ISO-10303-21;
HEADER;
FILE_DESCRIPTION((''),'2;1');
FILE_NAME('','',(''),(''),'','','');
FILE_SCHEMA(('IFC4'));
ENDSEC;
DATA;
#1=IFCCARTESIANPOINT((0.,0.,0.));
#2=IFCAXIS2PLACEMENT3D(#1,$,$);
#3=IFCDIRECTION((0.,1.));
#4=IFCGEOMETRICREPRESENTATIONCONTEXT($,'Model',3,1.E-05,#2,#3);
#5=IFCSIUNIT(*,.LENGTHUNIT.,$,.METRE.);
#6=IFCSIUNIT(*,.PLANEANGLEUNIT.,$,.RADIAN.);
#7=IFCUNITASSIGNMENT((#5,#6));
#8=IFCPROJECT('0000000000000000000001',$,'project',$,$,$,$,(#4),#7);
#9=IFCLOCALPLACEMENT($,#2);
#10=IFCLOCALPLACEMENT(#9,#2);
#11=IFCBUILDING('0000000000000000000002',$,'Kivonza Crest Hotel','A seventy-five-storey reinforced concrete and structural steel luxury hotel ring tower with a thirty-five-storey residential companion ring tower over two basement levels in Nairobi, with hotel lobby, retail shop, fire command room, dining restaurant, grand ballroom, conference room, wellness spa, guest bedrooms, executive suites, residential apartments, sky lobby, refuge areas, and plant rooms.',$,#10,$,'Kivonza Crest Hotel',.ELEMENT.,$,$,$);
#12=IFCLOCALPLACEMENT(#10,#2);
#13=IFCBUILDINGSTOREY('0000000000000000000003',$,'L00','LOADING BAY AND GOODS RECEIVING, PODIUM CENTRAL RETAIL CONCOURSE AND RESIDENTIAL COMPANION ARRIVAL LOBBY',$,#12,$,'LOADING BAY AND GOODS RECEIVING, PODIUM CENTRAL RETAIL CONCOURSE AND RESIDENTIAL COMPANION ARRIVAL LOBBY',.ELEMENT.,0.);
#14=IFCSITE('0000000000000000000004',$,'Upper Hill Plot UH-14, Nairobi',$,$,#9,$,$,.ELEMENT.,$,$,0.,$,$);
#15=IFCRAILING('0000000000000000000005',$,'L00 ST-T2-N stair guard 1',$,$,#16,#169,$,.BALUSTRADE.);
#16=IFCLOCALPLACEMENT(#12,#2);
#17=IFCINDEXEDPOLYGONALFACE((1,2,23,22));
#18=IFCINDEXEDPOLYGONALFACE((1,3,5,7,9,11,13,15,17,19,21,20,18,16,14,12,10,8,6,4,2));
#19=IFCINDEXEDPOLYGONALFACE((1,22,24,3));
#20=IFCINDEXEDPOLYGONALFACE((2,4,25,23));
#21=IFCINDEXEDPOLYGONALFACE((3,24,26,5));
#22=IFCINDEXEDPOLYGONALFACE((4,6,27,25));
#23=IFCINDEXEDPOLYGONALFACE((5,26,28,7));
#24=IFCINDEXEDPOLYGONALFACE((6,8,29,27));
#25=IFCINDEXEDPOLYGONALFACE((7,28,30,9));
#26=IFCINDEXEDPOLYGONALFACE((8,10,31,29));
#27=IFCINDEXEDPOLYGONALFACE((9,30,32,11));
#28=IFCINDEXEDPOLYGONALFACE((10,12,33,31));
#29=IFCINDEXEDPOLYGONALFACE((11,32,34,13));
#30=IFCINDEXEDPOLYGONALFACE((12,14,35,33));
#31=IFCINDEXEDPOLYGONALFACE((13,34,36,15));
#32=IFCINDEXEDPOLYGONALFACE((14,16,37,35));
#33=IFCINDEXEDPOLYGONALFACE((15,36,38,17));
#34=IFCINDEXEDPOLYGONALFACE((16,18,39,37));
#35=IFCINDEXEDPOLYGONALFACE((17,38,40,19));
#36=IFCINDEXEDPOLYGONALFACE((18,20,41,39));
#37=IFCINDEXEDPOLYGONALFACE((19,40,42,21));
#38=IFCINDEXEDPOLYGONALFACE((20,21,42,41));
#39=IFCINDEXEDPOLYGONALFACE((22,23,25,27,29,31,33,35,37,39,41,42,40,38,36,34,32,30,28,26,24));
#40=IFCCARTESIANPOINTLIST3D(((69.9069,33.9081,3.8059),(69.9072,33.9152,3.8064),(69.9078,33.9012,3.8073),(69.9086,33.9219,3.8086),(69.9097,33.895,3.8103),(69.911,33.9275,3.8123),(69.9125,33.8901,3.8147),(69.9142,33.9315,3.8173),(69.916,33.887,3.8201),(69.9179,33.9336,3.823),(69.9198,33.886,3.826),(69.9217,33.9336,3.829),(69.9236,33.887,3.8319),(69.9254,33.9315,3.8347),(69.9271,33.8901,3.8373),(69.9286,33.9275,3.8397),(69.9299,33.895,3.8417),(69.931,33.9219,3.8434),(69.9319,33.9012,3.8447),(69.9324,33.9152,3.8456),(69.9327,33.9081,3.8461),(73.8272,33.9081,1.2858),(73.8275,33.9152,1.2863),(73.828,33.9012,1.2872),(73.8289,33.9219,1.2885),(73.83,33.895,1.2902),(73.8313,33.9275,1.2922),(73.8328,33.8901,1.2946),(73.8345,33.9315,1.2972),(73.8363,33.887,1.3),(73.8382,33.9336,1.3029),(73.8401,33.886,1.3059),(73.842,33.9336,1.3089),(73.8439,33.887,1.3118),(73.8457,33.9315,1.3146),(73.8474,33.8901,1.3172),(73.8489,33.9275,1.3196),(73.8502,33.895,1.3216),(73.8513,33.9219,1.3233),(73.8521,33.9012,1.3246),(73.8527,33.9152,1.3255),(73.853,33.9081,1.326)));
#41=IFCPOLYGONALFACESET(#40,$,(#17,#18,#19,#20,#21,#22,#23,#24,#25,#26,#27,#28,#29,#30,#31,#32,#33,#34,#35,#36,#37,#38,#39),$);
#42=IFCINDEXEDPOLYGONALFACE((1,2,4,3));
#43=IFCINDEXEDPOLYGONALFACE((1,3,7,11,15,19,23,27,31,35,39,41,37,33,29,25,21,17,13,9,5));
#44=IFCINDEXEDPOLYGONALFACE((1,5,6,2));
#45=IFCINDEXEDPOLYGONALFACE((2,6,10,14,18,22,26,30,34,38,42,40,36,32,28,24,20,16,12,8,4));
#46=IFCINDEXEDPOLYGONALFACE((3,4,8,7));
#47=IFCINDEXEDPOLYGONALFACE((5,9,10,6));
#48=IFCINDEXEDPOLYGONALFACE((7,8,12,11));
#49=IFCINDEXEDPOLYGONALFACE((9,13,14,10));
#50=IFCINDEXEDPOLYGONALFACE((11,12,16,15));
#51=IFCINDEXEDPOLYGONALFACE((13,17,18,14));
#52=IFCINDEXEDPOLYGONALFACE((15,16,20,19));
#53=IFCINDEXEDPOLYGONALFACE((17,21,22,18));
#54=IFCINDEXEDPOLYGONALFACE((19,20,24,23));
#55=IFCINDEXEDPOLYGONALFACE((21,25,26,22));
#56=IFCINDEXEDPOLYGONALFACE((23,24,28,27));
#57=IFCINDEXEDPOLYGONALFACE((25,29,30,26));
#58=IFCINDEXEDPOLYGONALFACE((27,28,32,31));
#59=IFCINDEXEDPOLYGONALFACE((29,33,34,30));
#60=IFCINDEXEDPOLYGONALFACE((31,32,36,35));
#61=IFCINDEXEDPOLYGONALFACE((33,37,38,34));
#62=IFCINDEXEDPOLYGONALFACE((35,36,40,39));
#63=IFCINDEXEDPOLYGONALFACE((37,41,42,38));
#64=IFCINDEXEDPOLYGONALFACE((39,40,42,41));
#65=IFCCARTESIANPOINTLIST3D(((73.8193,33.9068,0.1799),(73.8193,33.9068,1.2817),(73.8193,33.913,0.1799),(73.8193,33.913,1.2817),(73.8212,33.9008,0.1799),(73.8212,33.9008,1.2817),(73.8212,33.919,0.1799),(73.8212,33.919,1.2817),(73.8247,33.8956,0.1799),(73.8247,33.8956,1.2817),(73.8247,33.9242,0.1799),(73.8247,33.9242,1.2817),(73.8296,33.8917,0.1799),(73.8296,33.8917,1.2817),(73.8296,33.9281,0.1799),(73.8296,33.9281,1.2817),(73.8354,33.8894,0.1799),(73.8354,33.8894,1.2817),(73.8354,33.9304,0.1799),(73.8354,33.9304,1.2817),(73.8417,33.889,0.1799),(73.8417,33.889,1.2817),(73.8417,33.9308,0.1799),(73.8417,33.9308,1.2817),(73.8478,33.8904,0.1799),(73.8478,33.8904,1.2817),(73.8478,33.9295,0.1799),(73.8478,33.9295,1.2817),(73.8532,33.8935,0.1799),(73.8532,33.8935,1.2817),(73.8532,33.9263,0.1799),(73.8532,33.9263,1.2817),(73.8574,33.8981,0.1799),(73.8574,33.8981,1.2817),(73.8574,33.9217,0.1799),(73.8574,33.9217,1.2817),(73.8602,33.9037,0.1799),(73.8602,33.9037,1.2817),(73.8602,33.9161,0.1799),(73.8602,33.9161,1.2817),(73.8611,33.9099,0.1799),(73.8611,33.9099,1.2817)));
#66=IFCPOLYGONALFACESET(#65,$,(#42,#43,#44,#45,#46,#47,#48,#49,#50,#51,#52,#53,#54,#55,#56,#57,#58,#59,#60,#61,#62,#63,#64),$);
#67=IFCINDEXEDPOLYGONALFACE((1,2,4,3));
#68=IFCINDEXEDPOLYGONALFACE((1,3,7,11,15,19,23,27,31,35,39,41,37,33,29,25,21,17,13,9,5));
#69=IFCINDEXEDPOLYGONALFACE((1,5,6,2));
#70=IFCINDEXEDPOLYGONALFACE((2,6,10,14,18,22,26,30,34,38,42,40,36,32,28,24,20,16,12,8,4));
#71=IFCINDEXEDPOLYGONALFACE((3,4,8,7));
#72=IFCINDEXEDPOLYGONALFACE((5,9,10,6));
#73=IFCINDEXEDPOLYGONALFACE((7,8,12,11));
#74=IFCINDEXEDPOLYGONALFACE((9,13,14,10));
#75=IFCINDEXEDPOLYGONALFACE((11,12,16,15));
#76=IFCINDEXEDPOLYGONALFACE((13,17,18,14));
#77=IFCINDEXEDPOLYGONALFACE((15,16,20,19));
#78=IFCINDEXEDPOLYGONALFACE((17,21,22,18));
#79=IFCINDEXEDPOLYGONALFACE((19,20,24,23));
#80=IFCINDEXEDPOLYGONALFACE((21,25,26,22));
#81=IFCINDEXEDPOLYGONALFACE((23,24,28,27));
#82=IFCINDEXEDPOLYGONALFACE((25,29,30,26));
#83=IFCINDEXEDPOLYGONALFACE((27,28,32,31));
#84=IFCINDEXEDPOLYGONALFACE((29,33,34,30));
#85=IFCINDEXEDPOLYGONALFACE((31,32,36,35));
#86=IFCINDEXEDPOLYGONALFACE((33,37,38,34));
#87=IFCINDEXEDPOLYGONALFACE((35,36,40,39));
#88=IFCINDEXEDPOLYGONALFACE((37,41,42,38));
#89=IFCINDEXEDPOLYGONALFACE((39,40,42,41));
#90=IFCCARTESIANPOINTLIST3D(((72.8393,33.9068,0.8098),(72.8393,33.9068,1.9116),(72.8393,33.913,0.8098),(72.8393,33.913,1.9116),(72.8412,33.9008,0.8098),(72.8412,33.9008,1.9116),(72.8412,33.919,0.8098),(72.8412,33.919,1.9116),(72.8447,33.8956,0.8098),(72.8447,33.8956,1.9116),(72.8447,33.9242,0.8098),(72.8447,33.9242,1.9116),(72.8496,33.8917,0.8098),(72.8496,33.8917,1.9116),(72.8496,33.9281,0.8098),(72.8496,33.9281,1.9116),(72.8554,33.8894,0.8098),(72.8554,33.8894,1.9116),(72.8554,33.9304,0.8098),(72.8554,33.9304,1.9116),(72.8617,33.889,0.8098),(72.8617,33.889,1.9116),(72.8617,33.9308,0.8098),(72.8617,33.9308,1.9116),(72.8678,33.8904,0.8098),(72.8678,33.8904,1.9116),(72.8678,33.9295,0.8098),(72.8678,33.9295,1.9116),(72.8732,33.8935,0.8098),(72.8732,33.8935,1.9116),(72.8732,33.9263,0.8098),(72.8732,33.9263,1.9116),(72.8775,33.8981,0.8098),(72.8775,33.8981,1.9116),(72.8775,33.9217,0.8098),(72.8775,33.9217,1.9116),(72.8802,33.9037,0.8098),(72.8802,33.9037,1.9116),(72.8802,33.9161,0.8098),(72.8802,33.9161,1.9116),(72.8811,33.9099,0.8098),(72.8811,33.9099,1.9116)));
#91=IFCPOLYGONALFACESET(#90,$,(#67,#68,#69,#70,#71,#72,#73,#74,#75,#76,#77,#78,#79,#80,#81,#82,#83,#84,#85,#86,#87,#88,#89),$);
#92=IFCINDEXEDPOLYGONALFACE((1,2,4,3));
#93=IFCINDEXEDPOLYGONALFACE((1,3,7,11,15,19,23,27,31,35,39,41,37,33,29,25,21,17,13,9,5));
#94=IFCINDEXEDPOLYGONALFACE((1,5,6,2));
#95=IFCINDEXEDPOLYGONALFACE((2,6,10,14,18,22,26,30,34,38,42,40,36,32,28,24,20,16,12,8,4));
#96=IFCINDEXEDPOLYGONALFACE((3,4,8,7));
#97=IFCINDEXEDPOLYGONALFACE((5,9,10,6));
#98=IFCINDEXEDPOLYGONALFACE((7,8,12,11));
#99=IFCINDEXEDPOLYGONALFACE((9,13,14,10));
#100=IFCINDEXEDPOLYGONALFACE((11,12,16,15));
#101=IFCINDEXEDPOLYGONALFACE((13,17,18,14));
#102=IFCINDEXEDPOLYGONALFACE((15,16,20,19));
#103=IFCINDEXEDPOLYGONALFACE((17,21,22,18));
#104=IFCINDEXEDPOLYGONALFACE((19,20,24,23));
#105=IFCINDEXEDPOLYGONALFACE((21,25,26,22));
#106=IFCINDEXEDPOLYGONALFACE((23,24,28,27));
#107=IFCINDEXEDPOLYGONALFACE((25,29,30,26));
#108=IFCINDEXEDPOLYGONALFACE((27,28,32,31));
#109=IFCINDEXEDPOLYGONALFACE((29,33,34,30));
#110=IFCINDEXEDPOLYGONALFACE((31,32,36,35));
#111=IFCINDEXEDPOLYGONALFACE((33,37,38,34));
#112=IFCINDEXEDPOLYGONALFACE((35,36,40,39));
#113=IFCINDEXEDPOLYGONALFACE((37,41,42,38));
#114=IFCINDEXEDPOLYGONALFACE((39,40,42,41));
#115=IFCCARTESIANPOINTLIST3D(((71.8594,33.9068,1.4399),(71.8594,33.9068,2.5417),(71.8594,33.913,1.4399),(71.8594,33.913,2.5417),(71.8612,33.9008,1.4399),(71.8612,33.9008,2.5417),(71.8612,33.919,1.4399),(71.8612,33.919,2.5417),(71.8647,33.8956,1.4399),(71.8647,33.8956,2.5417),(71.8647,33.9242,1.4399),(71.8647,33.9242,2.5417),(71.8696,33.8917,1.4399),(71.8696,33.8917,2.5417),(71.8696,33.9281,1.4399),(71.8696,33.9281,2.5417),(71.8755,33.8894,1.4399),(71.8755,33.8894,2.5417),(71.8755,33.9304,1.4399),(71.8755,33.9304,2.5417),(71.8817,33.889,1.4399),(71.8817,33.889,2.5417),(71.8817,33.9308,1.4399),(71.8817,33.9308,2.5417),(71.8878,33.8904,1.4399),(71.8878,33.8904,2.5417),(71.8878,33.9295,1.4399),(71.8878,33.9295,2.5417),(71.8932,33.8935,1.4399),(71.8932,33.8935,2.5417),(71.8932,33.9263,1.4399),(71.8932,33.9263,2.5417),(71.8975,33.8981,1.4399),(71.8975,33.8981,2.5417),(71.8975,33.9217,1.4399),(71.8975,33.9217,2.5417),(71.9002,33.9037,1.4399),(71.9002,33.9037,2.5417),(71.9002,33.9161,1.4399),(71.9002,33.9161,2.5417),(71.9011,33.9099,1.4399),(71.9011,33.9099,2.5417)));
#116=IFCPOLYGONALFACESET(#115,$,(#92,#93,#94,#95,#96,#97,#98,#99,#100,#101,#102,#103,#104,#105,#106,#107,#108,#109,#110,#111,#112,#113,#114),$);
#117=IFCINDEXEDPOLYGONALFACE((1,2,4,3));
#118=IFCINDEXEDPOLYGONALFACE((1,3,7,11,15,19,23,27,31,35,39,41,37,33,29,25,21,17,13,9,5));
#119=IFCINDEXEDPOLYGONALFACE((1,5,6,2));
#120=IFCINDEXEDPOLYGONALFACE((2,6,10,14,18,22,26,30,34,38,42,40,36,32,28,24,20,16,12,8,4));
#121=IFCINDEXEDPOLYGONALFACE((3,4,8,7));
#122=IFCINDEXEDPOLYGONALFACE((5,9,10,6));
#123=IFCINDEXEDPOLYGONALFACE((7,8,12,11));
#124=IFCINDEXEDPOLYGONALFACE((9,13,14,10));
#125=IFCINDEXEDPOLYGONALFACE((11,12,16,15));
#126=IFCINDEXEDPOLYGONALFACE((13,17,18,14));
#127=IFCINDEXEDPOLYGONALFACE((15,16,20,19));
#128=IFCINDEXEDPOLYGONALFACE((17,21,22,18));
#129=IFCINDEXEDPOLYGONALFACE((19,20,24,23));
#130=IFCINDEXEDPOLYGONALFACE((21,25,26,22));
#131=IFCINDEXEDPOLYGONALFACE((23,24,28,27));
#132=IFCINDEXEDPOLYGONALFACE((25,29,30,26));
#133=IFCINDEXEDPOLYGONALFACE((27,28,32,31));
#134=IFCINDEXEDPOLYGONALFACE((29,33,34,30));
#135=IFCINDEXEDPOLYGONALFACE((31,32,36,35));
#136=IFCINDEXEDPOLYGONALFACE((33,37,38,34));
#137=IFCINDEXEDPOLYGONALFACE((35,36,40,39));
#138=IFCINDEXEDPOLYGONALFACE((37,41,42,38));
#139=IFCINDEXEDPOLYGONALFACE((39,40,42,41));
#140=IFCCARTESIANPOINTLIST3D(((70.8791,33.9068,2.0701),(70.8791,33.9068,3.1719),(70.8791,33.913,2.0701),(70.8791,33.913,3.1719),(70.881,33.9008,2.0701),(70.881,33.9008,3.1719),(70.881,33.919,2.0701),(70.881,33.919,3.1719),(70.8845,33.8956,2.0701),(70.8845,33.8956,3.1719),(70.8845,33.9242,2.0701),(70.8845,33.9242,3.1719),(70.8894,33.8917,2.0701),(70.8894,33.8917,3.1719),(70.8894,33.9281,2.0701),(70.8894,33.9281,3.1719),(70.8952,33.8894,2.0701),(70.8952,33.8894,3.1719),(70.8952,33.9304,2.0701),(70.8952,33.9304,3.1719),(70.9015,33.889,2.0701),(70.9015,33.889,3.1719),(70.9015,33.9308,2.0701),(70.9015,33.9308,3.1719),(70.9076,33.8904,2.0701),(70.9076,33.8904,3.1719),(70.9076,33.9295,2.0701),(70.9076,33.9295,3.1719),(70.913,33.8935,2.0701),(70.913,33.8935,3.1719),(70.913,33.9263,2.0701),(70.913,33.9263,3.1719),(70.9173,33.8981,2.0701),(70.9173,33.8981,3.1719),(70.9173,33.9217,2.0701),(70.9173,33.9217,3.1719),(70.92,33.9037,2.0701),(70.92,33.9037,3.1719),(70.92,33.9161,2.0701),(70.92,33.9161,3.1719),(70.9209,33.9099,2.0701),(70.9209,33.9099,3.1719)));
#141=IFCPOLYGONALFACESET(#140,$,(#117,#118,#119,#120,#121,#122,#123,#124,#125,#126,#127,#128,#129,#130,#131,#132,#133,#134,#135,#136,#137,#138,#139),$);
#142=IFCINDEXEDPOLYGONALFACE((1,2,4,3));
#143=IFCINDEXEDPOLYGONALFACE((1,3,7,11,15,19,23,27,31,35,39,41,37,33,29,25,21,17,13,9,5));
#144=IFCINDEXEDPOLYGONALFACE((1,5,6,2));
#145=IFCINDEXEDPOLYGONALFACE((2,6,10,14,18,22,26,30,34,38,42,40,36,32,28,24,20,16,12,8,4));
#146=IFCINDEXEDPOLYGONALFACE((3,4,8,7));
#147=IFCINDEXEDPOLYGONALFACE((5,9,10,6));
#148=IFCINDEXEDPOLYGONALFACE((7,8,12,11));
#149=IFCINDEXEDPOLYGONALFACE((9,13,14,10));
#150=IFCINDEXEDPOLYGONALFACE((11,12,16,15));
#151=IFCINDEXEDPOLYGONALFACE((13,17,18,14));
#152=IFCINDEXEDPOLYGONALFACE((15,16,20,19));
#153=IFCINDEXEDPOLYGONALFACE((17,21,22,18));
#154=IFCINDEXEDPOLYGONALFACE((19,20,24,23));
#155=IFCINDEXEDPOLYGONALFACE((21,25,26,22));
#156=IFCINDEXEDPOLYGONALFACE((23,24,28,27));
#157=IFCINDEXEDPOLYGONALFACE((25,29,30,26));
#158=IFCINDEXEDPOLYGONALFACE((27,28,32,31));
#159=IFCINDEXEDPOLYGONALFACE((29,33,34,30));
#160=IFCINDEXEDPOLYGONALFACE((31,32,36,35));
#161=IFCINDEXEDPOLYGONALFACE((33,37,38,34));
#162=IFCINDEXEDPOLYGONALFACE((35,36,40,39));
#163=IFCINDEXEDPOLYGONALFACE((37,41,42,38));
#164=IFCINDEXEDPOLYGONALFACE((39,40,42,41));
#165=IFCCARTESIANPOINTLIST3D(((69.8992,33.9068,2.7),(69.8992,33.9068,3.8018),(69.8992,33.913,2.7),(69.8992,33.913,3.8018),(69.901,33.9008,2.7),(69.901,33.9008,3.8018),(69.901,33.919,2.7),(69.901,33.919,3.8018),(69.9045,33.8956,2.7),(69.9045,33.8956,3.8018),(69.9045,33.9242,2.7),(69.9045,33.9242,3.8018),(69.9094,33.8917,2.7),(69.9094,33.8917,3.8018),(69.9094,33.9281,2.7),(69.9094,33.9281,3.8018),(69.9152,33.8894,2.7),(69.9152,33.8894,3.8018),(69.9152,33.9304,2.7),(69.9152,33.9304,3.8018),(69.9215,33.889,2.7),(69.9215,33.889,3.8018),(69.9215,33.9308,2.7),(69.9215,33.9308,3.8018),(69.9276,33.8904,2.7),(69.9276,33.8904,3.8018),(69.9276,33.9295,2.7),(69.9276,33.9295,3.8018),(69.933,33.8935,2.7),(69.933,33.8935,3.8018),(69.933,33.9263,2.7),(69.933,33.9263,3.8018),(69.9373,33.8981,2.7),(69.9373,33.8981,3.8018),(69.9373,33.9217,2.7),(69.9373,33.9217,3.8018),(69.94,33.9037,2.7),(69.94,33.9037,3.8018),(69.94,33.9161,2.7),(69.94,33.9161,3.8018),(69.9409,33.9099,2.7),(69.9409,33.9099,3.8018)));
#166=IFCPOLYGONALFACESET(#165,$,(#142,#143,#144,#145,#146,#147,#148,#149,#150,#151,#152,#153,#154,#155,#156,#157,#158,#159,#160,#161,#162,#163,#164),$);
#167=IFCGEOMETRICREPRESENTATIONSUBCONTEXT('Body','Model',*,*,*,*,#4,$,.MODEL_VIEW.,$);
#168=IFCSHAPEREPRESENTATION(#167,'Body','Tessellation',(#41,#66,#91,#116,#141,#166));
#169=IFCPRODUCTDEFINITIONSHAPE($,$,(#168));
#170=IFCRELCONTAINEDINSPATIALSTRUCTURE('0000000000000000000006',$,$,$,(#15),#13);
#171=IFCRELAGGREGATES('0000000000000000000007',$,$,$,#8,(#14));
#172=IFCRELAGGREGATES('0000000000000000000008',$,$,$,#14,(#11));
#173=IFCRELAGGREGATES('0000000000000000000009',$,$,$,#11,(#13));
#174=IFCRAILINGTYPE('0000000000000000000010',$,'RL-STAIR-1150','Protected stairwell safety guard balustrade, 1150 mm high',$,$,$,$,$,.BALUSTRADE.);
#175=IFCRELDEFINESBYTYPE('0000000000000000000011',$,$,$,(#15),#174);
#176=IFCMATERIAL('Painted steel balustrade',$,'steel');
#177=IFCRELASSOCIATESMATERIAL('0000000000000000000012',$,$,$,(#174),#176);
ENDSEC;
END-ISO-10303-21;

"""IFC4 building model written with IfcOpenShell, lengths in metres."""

from ifc_helpers import new_model, si_unit, direction, frame, origin, origin_2d, place, context, subcontext, project, spatial, circle, extrude, material, type_object, element, save


model = new_model("IFC4")

# Units and contexts
model_context = context("Model", 3, precision=1e-05, world=origin(), true_north=direction((0.0, 1.0)))
body_context = subcontext(model_context, "Body", "Model", "MODEL_VIEW")
ifc_project = project(units=[si_unit("LENGTHUNIT", "METRE"), si_unit("PLANEANGLEUNIT", "RADIAN")], contexts=[model_context])

# Site, building, storey
site_placement = place(None, origin())
site = spatial("IfcSite", under=ifc_project, at=site_placement, Name="Upper Hill Plot UH-14, Nairobi", CompositionType="ELEMENT", RefElevation=0.0)
building_placement = place(site_placement, origin())
building = spatial("IfcBuilding", under=site, at=building_placement, Name="Kivonza Crest Hotel", Description="A seventy-five-storey reinforced concrete and structural steel luxury hotel ring tower with a thirty-five-storey residential companion ring tower over two basement levels in Nairobi, with hotel lobby, retail shop, fire command room, dining restaurant, grand ballroom, conference room, wellness spa, guest bedrooms, executive suites, residential apartments, sky lobby, refuge areas, and plant rooms.", LongName="Kivonza Crest Hotel", CompositionType="ELEMENT")
storey_placement = place(building_placement, origin())
storey = spatial("IfcBuildingStorey", under=building, at=storey_placement, Name="L00", Description="LOADING BAY AND GOODS RECEIVING, PODIUM CENTRAL RETAIL CONCOURSE AND RESIDENTIAL COMPANION ARRIVAL LOBBY", LongName="LOADING BAY AND GOODS RECEIVING, PODIUM CENTRAL RETAIL CONCOURSE AND RESIDENTIAL COMPANION ARRIVAL LOBBY", CompositionType="ELEMENT", Elevation=0.0)

# Railing
ifc_material_1 = material(Name="Painted steel balustrade", Category="steel")
railing_type_1 = type_object("IfcRailingType", Name="RL-STAIR-1150", Description="Protected stairwell safety guard balustrade, 1150 mm high", PredefinedType="BALUSTRADE", material=ifc_material_1)
railing_1_placement = place(storey_placement, frame((73.8401, 33.9099, 0.1799)))
element("IfcRailing", 1, at=railing_1_placement, inside=storey, type_object=railing_type_1, Name="L00 ST-T2-N stair guard 1", PredefinedType="BALUSTRADE", context=body_context, shape_type="SweptSolid", body=[
    extrude(circle(Radius=0.0239, at=origin_2d()), frame((0.0, 0.0, 1.126), z_axis=(-0.841187, 0.0, 0.540744), x_axis=(0.0, -1.0, 0.0)), (0.0, 0.0, 1.0), 4.6604),
    extrude(circle(Radius=0.021, at=origin_2d()), origin(), (0.0, 0.0, 1.0), 1.1018),
    extrude(circle(Radius=0.021, at=origin_2d()), frame((-0.98, 0.0, 0.6299)), (0.0, 0.0, 1.0), 1.1018),
    extrude(circle(Radius=0.021, at=origin_2d()), frame((-1.96, 0.0, 1.26)), (0.0, 0.0, 1.0), 1.1018),
    extrude(circle(Radius=0.021, at=origin_2d()), frame((-2.9402, 0.0, 1.8901)), (0.0, 0.0, 1.0), 1.1018),
    extrude(circle(Radius=0.021, at=origin_2d()), frame((-3.9202, 0.0, 2.52)), (0.0, 0.0, 1.0), 1.1018),
])

save(model, "model.ifc")
